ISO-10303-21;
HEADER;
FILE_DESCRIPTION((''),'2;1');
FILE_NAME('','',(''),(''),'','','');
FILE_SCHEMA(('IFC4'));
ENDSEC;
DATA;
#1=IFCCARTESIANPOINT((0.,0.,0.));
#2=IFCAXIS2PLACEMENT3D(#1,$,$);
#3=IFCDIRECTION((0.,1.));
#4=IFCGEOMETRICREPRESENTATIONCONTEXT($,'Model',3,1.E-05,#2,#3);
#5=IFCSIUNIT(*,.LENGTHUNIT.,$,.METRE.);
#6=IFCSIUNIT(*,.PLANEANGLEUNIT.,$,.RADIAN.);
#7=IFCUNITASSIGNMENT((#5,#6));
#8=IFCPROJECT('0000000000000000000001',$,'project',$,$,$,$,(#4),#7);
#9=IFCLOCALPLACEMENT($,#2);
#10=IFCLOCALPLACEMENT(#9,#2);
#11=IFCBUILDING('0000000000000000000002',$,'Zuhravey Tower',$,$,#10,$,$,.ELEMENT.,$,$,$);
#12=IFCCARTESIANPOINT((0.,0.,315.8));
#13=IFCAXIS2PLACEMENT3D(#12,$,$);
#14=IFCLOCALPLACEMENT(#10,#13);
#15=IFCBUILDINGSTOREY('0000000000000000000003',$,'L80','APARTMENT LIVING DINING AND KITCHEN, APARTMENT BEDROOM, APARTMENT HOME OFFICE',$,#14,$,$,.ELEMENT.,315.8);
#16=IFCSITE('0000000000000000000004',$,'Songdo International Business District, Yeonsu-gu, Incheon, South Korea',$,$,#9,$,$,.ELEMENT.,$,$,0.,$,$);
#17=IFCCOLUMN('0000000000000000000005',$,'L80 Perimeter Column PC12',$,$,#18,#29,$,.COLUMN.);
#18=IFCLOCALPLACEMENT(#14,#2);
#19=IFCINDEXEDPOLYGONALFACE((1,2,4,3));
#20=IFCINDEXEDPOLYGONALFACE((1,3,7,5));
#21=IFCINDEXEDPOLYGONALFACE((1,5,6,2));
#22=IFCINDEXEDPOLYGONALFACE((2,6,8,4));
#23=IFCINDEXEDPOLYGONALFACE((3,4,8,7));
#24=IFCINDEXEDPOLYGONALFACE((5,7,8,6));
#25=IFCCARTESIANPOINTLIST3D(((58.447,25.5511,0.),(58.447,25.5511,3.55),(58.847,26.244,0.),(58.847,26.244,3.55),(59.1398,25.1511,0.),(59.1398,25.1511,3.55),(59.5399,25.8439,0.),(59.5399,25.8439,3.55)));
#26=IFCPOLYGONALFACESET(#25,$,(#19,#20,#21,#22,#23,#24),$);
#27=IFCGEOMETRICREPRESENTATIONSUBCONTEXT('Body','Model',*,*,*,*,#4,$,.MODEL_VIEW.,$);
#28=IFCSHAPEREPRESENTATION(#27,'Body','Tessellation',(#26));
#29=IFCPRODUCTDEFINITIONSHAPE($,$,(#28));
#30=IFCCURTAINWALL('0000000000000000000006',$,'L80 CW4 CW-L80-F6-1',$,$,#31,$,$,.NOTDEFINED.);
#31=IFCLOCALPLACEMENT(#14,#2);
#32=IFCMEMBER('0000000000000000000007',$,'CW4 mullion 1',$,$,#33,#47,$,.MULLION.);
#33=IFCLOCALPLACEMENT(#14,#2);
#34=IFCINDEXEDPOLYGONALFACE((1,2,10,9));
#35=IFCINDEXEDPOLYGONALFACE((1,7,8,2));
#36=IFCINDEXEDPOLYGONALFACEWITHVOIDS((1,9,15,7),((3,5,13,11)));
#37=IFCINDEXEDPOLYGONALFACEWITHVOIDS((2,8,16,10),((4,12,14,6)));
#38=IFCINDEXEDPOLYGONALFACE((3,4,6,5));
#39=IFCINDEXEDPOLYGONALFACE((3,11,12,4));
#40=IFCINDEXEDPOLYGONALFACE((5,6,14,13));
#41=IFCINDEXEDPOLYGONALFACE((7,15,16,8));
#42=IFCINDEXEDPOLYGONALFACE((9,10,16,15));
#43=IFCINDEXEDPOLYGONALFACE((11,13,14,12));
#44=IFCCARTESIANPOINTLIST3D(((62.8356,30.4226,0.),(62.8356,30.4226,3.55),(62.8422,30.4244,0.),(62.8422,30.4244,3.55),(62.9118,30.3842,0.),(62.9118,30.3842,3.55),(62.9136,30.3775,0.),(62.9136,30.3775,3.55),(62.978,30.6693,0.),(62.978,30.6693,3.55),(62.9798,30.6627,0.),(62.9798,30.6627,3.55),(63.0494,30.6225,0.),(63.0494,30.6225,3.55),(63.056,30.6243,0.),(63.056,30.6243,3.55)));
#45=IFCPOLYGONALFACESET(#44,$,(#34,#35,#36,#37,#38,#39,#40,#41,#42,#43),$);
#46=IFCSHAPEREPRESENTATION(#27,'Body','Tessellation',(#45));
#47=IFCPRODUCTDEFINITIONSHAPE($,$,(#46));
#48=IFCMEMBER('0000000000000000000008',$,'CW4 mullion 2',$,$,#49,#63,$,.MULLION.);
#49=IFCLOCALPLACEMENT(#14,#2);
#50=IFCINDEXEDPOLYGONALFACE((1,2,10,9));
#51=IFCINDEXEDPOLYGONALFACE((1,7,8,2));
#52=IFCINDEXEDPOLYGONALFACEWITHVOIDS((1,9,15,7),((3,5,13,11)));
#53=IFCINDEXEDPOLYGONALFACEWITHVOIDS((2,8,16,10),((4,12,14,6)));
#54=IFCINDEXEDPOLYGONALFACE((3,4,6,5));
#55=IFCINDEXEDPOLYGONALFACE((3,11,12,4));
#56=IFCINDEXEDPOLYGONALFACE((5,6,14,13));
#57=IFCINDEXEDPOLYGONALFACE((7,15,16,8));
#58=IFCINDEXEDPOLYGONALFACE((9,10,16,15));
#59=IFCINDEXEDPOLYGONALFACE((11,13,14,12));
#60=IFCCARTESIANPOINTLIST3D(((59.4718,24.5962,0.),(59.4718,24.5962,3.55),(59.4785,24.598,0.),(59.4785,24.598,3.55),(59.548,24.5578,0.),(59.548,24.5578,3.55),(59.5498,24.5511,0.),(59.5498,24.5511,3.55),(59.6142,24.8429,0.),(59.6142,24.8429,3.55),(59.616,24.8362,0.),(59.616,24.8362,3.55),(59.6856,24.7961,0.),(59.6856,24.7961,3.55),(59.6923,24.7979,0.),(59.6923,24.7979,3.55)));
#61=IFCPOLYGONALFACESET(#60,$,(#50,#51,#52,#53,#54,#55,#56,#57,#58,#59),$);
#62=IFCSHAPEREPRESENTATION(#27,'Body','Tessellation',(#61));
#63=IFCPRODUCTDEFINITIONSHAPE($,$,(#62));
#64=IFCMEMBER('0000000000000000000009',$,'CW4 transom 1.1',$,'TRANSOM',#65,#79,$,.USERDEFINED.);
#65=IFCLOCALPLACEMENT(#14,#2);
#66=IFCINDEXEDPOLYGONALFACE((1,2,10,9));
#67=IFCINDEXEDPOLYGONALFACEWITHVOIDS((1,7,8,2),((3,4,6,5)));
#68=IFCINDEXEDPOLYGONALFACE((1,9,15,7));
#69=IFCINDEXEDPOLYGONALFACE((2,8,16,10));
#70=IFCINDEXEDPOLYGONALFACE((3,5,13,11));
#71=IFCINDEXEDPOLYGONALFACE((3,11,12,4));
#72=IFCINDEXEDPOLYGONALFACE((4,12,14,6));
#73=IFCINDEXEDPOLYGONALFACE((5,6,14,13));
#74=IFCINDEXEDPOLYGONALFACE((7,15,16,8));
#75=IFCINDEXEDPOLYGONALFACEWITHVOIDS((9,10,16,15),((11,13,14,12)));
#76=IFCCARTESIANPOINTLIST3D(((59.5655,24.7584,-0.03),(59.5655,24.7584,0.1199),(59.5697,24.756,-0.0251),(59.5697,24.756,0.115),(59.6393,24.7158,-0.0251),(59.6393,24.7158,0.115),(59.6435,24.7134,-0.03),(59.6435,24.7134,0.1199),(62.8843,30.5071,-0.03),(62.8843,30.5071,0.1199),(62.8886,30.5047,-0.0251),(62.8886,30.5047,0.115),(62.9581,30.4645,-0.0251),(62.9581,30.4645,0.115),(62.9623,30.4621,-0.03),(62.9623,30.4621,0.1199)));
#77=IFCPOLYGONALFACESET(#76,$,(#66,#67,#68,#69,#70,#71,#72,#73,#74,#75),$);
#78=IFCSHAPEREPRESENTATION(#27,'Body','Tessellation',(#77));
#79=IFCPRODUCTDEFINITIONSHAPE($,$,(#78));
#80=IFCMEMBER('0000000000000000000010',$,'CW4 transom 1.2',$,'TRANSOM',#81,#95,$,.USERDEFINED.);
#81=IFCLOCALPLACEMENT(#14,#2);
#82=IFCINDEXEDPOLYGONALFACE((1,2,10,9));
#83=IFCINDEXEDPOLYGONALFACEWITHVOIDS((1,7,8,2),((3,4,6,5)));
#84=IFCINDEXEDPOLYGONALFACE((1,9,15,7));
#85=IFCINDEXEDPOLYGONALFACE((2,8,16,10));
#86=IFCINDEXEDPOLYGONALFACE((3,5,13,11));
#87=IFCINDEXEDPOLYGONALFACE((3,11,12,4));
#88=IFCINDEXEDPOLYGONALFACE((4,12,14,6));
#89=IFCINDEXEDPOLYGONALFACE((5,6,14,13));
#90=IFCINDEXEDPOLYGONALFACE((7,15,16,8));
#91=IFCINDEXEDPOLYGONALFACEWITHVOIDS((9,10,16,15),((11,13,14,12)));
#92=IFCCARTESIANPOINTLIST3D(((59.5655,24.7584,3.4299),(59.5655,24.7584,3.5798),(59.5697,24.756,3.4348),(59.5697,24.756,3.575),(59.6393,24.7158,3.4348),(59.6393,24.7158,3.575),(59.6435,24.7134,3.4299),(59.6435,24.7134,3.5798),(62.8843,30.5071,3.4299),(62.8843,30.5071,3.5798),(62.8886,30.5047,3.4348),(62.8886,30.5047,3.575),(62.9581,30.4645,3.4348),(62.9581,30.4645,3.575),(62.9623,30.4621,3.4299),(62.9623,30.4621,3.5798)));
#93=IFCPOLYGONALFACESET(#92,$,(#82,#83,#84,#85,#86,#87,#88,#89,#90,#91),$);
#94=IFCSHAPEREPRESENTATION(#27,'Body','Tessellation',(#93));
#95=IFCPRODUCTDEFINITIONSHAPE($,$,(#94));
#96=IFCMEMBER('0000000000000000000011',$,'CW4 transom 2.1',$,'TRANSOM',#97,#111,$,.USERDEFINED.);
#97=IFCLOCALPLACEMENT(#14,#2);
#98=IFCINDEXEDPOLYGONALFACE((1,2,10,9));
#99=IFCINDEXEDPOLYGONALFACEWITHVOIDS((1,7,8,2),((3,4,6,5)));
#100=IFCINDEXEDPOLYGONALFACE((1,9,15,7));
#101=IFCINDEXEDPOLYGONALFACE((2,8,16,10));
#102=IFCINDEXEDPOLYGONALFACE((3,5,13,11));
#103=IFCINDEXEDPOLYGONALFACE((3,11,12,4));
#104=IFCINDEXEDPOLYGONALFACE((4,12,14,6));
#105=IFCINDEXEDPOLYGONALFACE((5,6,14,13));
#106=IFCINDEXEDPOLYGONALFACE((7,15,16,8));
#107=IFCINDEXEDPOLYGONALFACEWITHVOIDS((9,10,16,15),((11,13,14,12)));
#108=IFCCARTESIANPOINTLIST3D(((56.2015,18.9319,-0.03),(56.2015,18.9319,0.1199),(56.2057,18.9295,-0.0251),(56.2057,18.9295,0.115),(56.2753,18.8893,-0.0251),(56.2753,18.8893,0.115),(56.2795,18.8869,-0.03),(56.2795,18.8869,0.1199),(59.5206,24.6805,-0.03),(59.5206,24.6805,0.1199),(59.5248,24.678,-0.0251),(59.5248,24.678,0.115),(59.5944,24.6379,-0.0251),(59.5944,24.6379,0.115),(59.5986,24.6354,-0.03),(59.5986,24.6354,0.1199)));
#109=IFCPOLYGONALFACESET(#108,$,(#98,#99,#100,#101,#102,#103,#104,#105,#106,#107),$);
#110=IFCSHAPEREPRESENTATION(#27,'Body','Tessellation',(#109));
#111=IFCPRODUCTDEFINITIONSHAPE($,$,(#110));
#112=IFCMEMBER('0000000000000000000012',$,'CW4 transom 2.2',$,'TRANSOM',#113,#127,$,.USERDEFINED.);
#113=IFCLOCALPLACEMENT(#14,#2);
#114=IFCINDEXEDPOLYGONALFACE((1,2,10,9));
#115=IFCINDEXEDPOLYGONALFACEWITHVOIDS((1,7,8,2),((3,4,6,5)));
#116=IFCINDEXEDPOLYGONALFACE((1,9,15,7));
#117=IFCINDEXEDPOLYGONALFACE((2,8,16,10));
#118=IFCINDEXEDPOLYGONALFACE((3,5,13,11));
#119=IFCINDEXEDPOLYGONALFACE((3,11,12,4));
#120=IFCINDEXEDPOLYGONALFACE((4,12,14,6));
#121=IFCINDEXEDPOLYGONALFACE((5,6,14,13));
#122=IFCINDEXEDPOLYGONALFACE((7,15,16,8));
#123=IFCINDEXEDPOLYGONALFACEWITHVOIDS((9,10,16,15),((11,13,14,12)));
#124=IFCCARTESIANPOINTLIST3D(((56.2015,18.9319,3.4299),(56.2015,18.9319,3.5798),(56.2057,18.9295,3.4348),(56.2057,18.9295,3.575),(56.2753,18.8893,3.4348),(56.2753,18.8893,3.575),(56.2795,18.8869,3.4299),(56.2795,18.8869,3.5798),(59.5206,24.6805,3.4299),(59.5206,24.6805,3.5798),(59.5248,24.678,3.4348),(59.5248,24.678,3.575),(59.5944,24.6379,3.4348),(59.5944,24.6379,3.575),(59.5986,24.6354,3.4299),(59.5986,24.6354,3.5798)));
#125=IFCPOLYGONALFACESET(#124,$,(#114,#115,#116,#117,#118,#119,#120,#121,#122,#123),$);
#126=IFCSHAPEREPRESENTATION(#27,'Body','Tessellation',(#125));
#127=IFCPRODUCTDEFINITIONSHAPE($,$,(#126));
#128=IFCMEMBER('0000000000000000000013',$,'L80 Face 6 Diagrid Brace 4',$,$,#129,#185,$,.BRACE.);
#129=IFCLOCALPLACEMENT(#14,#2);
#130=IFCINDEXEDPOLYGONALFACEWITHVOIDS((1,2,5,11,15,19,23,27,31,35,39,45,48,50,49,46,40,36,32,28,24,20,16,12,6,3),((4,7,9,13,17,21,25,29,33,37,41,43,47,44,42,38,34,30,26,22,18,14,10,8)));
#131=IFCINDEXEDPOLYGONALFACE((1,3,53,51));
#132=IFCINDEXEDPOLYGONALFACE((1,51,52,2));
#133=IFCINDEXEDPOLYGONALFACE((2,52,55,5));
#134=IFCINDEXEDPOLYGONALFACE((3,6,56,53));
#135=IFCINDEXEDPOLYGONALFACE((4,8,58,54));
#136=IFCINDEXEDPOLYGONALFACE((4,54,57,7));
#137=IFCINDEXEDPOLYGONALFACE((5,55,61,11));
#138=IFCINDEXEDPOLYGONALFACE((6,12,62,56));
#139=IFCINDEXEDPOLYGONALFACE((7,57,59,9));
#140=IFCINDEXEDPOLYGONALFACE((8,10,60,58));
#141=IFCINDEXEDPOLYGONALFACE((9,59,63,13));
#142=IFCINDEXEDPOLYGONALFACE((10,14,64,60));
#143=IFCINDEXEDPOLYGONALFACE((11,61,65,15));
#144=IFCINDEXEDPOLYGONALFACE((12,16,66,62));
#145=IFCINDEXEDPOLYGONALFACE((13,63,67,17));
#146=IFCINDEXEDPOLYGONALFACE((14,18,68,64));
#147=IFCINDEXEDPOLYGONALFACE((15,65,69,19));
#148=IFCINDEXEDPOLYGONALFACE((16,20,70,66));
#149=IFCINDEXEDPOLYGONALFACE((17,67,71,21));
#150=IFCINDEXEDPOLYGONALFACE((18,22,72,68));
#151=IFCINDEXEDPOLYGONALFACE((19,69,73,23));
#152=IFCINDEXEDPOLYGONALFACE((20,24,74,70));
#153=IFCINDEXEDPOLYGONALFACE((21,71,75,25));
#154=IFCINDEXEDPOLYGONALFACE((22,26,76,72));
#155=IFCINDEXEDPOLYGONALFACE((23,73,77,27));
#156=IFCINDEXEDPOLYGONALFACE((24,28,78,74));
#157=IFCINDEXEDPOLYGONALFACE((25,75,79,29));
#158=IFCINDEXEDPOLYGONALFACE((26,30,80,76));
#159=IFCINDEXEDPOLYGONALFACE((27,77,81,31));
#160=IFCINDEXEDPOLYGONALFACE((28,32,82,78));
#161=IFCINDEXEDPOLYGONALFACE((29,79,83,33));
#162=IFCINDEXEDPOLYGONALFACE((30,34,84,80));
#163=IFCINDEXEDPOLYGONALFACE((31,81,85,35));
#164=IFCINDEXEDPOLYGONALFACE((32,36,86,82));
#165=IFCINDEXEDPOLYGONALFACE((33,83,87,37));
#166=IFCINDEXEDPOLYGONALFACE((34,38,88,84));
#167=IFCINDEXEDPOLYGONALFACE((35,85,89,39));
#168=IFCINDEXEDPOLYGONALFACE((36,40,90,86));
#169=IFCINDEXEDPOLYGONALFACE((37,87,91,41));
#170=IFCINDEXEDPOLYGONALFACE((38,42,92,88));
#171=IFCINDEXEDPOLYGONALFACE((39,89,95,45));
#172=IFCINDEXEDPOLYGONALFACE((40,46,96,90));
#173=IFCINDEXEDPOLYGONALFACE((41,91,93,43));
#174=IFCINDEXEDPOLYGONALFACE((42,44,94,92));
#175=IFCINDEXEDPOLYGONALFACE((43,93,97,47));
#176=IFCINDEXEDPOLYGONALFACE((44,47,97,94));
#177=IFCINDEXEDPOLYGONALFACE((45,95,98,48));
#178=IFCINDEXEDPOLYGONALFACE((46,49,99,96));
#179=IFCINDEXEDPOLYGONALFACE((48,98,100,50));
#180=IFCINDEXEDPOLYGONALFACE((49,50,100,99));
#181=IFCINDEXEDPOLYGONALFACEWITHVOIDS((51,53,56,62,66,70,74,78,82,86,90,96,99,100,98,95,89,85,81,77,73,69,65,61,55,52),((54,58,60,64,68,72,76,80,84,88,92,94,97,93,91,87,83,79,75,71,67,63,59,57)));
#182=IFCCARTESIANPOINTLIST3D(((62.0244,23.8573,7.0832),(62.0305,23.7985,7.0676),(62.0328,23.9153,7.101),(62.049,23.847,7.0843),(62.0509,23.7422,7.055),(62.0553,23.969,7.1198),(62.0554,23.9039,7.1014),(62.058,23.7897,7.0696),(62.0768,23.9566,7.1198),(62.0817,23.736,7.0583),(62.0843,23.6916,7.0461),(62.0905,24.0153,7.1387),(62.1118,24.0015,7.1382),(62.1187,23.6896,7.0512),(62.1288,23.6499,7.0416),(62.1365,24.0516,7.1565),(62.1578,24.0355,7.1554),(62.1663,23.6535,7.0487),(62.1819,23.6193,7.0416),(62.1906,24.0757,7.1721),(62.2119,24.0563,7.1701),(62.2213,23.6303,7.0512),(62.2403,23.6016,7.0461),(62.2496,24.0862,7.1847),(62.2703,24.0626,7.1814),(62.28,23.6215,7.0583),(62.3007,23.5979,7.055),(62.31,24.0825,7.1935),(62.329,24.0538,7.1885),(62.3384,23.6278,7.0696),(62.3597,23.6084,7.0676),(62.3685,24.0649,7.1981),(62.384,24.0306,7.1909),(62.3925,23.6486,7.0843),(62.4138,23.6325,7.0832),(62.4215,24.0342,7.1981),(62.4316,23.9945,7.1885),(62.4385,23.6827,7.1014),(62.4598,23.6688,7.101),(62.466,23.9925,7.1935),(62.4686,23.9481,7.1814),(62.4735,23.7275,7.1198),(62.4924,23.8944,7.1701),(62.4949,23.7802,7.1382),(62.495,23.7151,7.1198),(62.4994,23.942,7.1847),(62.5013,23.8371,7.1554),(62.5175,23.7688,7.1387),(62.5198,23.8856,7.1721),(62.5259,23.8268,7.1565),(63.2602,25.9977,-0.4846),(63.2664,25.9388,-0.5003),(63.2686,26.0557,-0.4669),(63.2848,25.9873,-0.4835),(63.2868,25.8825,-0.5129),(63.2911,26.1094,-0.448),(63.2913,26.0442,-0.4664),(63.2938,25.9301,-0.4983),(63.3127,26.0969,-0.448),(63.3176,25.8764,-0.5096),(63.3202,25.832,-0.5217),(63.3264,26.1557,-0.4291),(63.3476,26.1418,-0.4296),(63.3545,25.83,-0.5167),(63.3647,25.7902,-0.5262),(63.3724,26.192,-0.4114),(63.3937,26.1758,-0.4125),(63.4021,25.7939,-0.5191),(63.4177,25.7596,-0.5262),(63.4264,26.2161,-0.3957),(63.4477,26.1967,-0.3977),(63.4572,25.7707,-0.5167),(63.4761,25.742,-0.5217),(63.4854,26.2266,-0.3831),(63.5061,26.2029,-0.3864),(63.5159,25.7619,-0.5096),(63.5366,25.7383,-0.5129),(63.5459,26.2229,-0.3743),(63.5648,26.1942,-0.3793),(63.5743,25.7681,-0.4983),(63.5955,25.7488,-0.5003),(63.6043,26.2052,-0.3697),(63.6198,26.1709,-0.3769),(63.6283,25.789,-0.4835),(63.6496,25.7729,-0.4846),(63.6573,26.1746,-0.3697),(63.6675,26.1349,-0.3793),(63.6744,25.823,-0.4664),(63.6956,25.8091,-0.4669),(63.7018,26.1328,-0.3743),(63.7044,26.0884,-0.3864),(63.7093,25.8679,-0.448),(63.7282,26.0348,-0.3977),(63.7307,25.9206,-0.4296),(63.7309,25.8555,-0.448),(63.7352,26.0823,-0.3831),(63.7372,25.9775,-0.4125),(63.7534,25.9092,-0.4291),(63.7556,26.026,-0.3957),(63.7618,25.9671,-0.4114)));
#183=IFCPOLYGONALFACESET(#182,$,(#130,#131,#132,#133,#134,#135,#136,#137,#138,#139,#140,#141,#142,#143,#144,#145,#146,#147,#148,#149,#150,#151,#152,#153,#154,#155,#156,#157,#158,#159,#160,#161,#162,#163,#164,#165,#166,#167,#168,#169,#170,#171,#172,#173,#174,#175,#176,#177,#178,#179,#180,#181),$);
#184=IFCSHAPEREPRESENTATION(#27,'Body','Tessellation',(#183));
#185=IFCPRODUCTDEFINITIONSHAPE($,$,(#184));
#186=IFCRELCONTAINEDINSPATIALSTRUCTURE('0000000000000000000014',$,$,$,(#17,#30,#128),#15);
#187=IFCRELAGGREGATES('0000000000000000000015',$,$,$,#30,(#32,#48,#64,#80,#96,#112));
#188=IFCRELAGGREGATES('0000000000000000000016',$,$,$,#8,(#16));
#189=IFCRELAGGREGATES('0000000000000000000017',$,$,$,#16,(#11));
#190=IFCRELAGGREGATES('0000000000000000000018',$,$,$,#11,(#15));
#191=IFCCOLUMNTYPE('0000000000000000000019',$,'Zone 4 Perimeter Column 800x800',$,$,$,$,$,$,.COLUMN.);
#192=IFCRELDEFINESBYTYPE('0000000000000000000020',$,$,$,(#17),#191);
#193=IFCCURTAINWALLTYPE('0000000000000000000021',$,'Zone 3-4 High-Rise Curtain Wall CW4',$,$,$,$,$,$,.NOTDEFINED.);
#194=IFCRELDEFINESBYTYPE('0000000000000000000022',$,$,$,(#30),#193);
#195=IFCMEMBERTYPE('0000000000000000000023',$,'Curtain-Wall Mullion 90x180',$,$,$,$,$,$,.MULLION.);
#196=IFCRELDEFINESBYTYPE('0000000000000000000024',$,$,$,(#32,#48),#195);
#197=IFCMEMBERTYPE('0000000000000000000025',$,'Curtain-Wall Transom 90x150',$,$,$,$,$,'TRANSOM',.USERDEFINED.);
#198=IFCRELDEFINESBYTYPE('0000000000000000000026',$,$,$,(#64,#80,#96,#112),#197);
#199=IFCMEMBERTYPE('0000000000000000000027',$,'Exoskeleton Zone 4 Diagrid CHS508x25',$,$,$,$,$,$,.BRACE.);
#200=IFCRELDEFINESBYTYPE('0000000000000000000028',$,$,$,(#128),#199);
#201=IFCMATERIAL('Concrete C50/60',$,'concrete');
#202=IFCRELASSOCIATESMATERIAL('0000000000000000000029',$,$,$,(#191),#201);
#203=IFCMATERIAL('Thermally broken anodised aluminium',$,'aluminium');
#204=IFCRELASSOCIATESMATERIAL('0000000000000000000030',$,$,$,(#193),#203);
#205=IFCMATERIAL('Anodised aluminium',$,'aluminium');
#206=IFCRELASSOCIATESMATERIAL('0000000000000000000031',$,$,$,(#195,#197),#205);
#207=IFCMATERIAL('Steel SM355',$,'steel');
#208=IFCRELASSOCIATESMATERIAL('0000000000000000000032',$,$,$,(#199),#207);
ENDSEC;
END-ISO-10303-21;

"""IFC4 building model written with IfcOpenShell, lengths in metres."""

from ifc_helpers import new_model, si_unit, direction, frame, origin, origin_2d, place, context, subcontext, project, spatial, rectangle, hollow_rectangle, hollow_circle, extrude, material, material_profile, profile_set, type_object, element, aggregate, save


model = new_model("IFC4")

# Units and contexts
model_context = context("Model", 3, precision=1e-05, world=origin(), true_north=direction((0.0, 1.0)))
body_context = subcontext(model_context, "Body", "Model", "MODEL_VIEW")
ifc_project = project(units=[si_unit("LENGTHUNIT", "METRE"), si_unit("PLANEANGLEUNIT", "RADIAN")], contexts=[model_context])

# Site, building, storey
site_placement = place(None, origin())
site = spatial("IfcSite", under=ifc_project, at=site_placement, Name="Songdo International Business District, Yeonsu-gu, Incheon, South Korea", CompositionType="ELEMENT", RefElevation=0.0)
building_placement = place(site_placement, origin())
building = spatial("IfcBuilding", under=site, at=building_placement, Name="Zuhravey Tower", CompositionType="ELEMENT")
storey_placement = place(building_placement, frame((0.0, 0.0, 315.8)))
storey = spatial("IfcBuildingStorey", under=building, at=storey_placement, Name="L80", Description="APARTMENT LIVING DINING AND KITCHEN, APARTMENT BEDROOM, APARTMENT HOME OFFICE", CompositionType="ELEMENT", Elevation=315.8)

# Column
ifc_material_1 = material(Name="Concrete C50/60", Category="concrete")
ifc_material_profile_1 = material_profile(ifc_material_1, rectangle(XDim=0.8, YDim=0.8, at=origin_2d()), Name="RC-800x800")
ifc_profile_set_1 = profile_set([ifc_material_profile_1], Name="Concrete C50/60")
column_type = type_object("IfcColumnType", Name="Zone 4 Perimeter Column 800x800", PredefinedType="COLUMN", material=ifc_profile_set_1)
column_placement = place(storey_placement, frame((58.9934, 25.6975, 0.0), z_axis=(0.0, 0.0, 1.0), x_axis=(0.5, 0.866025, 0.0)))
element("IfcColumn", 1, at=column_placement, inside=storey, type_object=column_type, Name="L80 Perimeter Column PC12", PredefinedType="COLUMN", context=body_context, shape_type="SweptSolid", body=[
    extrude(rectangle(XDim=0.8, YDim=0.8, at=origin_2d()), origin(), (0.0, 0.0, 1.0), 3.55),
])

# Curtain wall, members
ifc_material_2 = material(Name="Thermally broken anodised aluminium", Category="aluminium")
curtain_wall_type = type_object("IfcCurtainWallType", Name="Zone 3-4 High-Rise Curtain Wall CW4", PredefinedType="NOTDEFINED", material=ifc_material_2)
curtain_wall_placement = place(storey_placement, origin())
curtain_wall = element("IfcCurtainWall", 2, at=curtain_wall_placement, inside=storey, type_object=curtain_wall_type, Name="L80 CW4 CW-L80-F6-1", PredefinedType="NOTDEFINED")
ifc_material_3 = material(Name="Anodised aluminium", Category="aluminium")
ifc_material_profile_2 = material_profile(ifc_material_3, hollow_rectangle(XDim=0.0901, YDim=0.2849, WallThickness=0.0049, at=origin_2d()), Name="ALU-RHS-90x285x5")
ifc_profile_set_2 = profile_set([ifc_material_profile_2], Name="Anodised aluminium")
member_type_1 = type_object("IfcMemberType", Name="Curtain-Wall Mullion 90x180", PredefinedType="MULLION", material=ifc_profile_set_2)
member_1_placement = place(storey_placement, frame((62.9458, 30.5234, 0.0), z_axis=(0.0, 0.0, 1.0), x_axis=(0.866027, -0.499997, 0.0)))
member_1 = element("IfcMember", 3, at=member_1_placement, type_object=member_type_1, Name="CW4 mullion 1", PredefinedType="MULLION", context=body_context, shape_type="SweptSolid", body=[
    extrude(hollow_rectangle(XDim=0.0901, YDim=0.2849, WallThickness=0.0049, at=origin_2d()), origin(), (0.0, 0.0, 1.0), 3.55),
])
member_2_placement = place(storey_placement, frame((59.582, 24.697, 0.0), z_axis=(0.0, 0.0, 1.0), x_axis=(0.866027, -0.499997, 0.0)))
member_2 = element("IfcMember", 4, at=member_2_placement, type_object=member_type_1, Name="CW4 mullion 2", PredefinedType="MULLION", context=body_context, shape_type="SweptSolid", body=[
    extrude(hollow_rectangle(XDim=0.0901, YDim=0.2849, WallThickness=0.0049, at=origin_2d()), origin(), (0.0, 0.0, 1.0), 3.55),
])
ifc_material_profile_3 = material_profile(ifc_material_3, hollow_rectangle(XDim=0.0901, YDim=0.1499, WallThickness=0.0049, at=origin_2d()), Name="ALU-RHS-90x150x5")
ifc_profile_set_3 = profile_set([ifc_material_profile_3], Name="Anodised aluminium")
member_type_2 = type_object("IfcMemberType", Name="Curtain-Wall Transom 90x150", ElementType="TRANSOM", PredefinedType="USERDEFINED", material=ifc_profile_set_3)
member_3_placement = place(storey_placement, frame((62.9233, 30.4846, 0.0449), z_axis=(-0.499976, -0.866039, 0.0), x_axis=(0.866039, -0.499976, 0.0)))
member_3 = element("IfcMember", 5, at=member_3_placement, type_object=member_type_2, Name="CW4 transom 1.1", ObjectType="TRANSOM", PredefinedType="USERDEFINED", context=body_context, shape_type="SweptSolid", body=[
    extrude(hollow_rectangle(XDim=0.0901, YDim=0.1499, WallThickness=0.0049, at=origin_2d()), origin(), (0.0, 0.0, 1.0), 6.6379),
])
member_4_placement = place(storey_placement, frame((62.9233, 30.4846, 3.5049), z_axis=(-0.499976, -0.866039, 0.0), x_axis=(0.866039, -0.499976, 0.0)))
member_4 = element("IfcMember", 6, at=member_4_placement, type_object=member_type_2, Name="CW4 transom 1.2", ObjectType="TRANSOM", PredefinedType="USERDEFINED", context=body_context, shape_type="SweptSolid", body=[
    extrude(hollow_rectangle(XDim=0.0901, YDim=0.1499, WallThickness=0.0049, at=origin_2d()), origin(), (0.0, 0.0, 1.0), 6.6379),
])
member_5_placement = place(storey_placement, frame((59.5596, 24.658, 0.0449), z_axis=(-0.50002, -0.866014, 0.0), x_axis=(0.866014, -0.50002, 0.0)))
member_5 = element("IfcMember", 7, at=member_5_placement, type_object=member_type_2, Name="CW4 transom 2.1", ObjectType="TRANSOM", PredefinedType="USERDEFINED", context=body_context, shape_type="SweptSolid", body=[
    extrude(hollow_rectangle(XDim=0.0901, YDim=0.1499, WallThickness=0.0049, at=origin_2d()), origin(), (0.0, 0.0, 1.0), 6.6379),
])
member_6_placement = place(storey_placement, frame((59.5596, 24.658, 3.5049), z_axis=(-0.50002, -0.866014, 0.0), x_axis=(0.866014, -0.50002, 0.0)))
member_6 = element("IfcMember", 8, at=member_6_placement, type_object=member_type_2, Name="CW4 transom 2.2", ObjectType="TRANSOM", PredefinedType="USERDEFINED", context=body_context, shape_type="SweptSolid", body=[
    extrude(hollow_rectangle(XDim=0.0901, YDim=0.1499, WallThickness=0.0049, at=origin_2d()), origin(), (0.0, 0.0, 1.0), 6.6379),
])

# Member
ifc_material_4 = material(Name="Steel SM355", Category="steel")
ifc_material_profile_4 = material_profile(ifc_material_4, hollow_circle(Radius=0.2539, WallThickness=0.0249, at=origin_2d()), Name="CHS-508.0x25")
ifc_profile_set_4 = profile_set([ifc_material_profile_4], Name="Steel SM355")
member_type_3 = type_object("IfcMemberType", Name="Exoskeleton Zone 4 Diagrid CHS508x25", PredefinedType="BRACE", material=ifc_profile_set_4)
member_7_placement = place(storey_placement, frame((63.511, 25.9824, -0.448), z_axis=(-0.155232, -0.26885, 0.950591), x_axis=(0.86601, -0.500027, 0.0)))
element("IfcMember", 9, at=member_7_placement, inside=storey, type_object=member_type_3, Name="L80 Face 6 Diagrid Brace 4", PredefinedType="BRACE", context=body_context, shape_type="SweptSolid", body=[
    extrude(hollow_circle(Radius=0.2539, WallThickness=0.0249, at=origin_2d()), origin(), (0.0, 0.0, 1.0), 7.9612),
])

aggregate(curtain_wall, [member_1, member_2, member_3, member_4, member_5, member_6])

save(model, "model.ifc")
